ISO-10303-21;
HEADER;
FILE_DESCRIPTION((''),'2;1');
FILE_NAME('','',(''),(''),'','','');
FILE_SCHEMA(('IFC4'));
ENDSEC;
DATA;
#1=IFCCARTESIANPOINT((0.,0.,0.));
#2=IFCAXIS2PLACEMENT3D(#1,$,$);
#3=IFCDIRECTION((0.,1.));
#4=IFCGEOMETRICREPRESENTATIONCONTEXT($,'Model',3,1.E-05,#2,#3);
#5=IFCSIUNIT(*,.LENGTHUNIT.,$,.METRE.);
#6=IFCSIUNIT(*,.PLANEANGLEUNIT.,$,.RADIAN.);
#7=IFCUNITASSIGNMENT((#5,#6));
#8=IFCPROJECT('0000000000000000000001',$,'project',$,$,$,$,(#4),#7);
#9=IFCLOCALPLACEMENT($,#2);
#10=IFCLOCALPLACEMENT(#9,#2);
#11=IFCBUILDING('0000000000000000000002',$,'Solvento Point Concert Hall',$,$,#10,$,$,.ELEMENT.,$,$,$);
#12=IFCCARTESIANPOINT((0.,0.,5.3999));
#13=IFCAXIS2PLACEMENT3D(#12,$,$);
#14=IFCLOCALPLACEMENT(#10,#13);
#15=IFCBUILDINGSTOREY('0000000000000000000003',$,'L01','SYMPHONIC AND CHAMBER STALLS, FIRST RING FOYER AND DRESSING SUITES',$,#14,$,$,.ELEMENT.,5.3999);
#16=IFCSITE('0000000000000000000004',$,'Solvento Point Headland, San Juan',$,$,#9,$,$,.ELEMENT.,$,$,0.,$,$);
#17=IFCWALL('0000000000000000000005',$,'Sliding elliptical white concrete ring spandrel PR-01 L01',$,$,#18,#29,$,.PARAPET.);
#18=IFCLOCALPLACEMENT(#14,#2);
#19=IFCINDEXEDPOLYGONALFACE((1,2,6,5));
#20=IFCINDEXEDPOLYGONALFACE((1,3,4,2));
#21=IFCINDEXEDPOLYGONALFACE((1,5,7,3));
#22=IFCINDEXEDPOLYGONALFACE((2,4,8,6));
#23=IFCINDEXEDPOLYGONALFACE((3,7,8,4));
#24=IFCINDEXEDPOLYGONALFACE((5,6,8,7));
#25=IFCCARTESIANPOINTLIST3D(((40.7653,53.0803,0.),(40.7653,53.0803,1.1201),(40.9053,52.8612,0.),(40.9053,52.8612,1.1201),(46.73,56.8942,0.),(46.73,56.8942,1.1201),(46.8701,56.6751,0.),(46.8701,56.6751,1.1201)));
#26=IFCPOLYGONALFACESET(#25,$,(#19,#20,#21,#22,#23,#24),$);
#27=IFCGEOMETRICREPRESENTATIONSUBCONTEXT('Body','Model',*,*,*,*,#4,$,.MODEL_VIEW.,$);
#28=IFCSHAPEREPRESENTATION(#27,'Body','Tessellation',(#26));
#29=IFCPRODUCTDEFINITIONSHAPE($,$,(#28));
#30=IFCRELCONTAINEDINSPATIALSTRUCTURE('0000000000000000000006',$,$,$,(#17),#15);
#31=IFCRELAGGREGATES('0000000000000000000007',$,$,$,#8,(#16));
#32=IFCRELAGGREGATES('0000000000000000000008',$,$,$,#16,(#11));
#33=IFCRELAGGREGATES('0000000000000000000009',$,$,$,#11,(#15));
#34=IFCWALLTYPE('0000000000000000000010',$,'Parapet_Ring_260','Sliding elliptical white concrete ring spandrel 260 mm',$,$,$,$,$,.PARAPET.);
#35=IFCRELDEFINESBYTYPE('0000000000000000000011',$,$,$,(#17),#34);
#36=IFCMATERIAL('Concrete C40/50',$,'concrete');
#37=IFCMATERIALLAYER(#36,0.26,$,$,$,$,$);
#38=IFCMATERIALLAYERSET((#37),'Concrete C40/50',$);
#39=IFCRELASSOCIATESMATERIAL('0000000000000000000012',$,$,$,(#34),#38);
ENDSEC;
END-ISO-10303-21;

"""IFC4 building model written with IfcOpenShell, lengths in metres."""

from ifc_helpers import new_model, si_unit, direction, frame, frame_2d, origin, place, context, subcontext, project, spatial, rectangle, extrude, material, layer, layer_set, type_object, element, save


model = new_model("IFC4")

# Units and contexts
model_context = context("Model", 3, precision=1e-05, world=origin(), true_north=direction((0.0, 1.0)))
body_context = subcontext(model_context, "Body", "Model", "MODEL_VIEW")
ifc_project = project(units=[si_unit("LENGTHUNIT", "METRE"), si_unit("PLANEANGLEUNIT", "RADIAN")], contexts=[model_context])

# Site, building, storey
site_placement = place(None, origin())
site = spatial("IfcSite", under=ifc_project, at=site_placement, Name="Solvento Point Headland, San Juan", CompositionType="ELEMENT", RefElevation=0.0)
building_placement = place(site_placement, origin())
building = spatial("IfcBuilding", under=site, at=building_placement, Name="Solvento Point Concert Hall", CompositionType="ELEMENT")
storey_placement = place(building_placement, frame((0.0, 0.0, 5.3999)))
storey = spatial("IfcBuildingStorey", under=building, at=storey_placement, Name="L01", Description="SYMPHONIC AND CHAMBER STALLS, FIRST RING FOYER AND DRESSING SUITES", CompositionType="ELEMENT", Elevation=5.3999)

# Wall
ifc_material_1 = material(Name="Concrete C40/50", Category="concrete")
ifc_layer = layer(ifc_material_1, 0.26)
ifc_layer_set = layer_set([ifc_layer], Name="Concrete C40/50")
wall_type = type_object("IfcWallType", Name="Parapet_Ring_260", Description="Sliding elliptical white concrete ring spandrel 260 mm", PredefinedType="PARAPET", material=ifc_layer_set)
wall_placement = place(storey_placement, frame((40.8352, 52.9707, 0.0), z_axis=(0.0, 0.0, 1.0), x_axis=(0.842498, 0.538699, 0.0)))
element("IfcWall", 1, at=wall_placement, inside=storey, type_object=wall_type, Name="Sliding elliptical white concrete ring spandrel PR-01 L01", PredefinedType="PARAPET", context=body_context, shape_type="SweptSolid", body=[
    extrude(rectangle(XDim=7.0798, YDim=0.26, at=frame_2d((3.54, 0.0))), origin(), (0.0, 0.0, 1.0), 1.1201),
])

save(model, "model.ifc")
